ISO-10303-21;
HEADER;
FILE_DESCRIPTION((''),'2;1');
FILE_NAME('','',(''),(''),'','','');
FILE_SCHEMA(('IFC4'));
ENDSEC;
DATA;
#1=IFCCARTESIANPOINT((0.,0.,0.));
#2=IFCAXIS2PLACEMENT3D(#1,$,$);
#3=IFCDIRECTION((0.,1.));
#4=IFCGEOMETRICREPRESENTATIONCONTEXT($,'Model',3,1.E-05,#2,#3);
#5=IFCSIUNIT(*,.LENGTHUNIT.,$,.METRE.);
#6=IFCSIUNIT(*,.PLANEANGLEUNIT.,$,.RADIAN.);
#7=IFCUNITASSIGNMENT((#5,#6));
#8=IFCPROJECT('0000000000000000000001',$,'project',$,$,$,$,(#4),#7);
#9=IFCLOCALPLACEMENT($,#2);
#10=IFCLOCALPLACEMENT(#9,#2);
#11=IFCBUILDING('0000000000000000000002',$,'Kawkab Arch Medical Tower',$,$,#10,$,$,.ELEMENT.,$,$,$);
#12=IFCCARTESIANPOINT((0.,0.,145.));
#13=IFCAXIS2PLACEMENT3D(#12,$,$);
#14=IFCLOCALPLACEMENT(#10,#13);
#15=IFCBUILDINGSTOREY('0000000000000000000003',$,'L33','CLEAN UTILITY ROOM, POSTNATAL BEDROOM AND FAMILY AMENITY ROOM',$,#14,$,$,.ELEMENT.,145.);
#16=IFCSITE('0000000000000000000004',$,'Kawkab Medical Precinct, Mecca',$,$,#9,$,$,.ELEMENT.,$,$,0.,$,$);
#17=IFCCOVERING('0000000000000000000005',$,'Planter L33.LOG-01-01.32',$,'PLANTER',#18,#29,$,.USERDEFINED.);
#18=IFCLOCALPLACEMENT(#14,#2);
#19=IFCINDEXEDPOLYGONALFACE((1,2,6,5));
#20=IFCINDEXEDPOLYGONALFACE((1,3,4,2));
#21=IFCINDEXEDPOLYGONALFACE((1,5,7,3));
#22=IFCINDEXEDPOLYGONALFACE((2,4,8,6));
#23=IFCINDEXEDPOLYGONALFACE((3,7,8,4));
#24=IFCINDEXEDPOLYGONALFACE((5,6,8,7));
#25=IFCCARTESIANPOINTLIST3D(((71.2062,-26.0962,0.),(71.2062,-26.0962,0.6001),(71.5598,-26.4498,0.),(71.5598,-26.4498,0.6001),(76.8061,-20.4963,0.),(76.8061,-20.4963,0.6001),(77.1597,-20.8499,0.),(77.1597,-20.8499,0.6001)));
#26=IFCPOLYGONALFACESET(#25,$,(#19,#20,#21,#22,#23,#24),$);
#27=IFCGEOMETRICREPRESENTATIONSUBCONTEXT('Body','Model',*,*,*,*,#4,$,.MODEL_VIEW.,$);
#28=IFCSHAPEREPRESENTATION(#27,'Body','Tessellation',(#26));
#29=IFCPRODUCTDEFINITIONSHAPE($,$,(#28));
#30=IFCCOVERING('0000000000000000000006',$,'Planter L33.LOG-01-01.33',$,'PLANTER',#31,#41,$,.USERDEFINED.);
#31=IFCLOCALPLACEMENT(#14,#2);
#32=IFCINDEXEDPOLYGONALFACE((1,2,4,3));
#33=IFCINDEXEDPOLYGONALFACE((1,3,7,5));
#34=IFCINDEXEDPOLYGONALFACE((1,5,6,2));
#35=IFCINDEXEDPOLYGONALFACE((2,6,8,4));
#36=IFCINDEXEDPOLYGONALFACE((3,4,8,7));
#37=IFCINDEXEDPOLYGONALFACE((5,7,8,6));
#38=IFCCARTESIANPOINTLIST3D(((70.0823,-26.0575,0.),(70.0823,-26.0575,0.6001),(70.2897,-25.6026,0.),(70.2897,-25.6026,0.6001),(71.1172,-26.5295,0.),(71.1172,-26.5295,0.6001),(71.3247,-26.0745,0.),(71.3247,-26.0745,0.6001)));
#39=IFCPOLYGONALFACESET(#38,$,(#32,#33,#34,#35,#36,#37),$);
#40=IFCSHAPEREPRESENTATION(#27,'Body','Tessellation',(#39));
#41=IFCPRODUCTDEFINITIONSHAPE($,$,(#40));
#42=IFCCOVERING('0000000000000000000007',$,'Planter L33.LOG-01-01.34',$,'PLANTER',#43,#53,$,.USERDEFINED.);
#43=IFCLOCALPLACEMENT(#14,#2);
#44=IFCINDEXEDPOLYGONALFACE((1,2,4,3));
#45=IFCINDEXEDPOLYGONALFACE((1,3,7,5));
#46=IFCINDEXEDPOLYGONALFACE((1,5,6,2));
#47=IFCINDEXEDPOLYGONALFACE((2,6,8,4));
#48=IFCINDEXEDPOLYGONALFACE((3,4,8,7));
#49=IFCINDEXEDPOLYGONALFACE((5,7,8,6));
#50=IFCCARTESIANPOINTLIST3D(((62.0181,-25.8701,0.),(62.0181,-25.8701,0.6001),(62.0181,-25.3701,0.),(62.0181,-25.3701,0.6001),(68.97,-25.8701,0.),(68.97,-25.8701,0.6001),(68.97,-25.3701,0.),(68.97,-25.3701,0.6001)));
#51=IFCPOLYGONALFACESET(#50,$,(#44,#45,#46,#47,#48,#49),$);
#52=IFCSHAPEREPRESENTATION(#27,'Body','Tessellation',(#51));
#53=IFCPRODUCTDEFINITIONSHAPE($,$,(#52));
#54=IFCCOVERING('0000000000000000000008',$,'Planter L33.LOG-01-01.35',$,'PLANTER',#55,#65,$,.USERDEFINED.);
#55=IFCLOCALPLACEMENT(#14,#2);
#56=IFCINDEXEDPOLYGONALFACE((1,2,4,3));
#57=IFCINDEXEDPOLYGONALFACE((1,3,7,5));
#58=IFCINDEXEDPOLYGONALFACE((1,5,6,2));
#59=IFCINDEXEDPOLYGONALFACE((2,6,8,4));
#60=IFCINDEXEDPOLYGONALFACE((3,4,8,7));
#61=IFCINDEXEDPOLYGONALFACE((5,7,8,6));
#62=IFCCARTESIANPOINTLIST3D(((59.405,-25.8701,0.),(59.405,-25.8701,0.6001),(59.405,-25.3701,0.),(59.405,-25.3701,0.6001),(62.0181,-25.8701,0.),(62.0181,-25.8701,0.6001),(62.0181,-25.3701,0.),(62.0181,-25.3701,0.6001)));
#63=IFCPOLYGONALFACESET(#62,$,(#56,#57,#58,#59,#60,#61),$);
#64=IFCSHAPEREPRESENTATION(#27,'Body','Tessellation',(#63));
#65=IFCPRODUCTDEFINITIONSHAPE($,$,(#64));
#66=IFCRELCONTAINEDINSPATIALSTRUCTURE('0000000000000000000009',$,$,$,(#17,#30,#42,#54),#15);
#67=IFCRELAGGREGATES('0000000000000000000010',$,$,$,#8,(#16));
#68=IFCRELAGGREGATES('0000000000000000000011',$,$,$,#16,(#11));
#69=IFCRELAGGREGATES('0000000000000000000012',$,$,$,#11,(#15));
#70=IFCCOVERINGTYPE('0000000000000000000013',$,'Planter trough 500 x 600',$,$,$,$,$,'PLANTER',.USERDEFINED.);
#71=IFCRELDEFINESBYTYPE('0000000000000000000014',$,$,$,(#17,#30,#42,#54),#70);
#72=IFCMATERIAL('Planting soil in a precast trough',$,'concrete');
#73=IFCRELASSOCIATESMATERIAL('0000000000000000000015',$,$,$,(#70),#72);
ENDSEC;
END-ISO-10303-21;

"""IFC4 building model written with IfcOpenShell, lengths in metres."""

from ifc_helpers import new_model, si_unit, direction, frame, origin, origin_2d, place, context, subcontext, project, spatial, rectangle, extrude, material, material_profile, profile_set, type_object, element, save


model = new_model("IFC4")

# Units and contexts
model_context = context("Model", 3, precision=1e-05, world=origin(), true_north=direction((0.0, 1.0)))
body_context = subcontext(model_context, "Body", "Model", "MODEL_VIEW")
ifc_project = project(units=[si_unit("LENGTHUNIT", "METRE"), si_unit("PLANEANGLEUNIT", "RADIAN")], contexts=[model_context])

# Site, building, storey
site_placement = place(None, origin())
site = spatial("IfcSite", under=ifc_project, at=site_placement, Name="Kawkab Medical Precinct, Mecca", CompositionType="ELEMENT", RefElevation=0.0)
building_placement = place(site_placement, origin())
building = spatial("IfcBuilding", under=site, at=building_placement, Name="Kawkab Arch Medical Tower", CompositionType="ELEMENT")
storey_placement = place(building_placement, frame((0.0, 0.0, 145.0)))
storey = spatial("IfcBuildingStorey", under=building, at=storey_placement, Name="L33", Description="CLEAN UTILITY ROOM, POSTNATAL BEDROOM AND FAMILY AMENITY ROOM", CompositionType="ELEMENT", Elevation=145.0)

# Coverings
ifc_material_1 = material(Name="Planting soil in a precast trough", Category="concrete")
ifc_material_profile_1 = material_profile(ifc_material_1, rectangle(XDim=0.5, YDim=0.6001, at=origin_2d()), Name="Trough 500x600")
ifc_profile_set_1 = profile_set([ifc_material_profile_1], Name="Planting soil in a precast trough")
covering_type_1 = type_object("IfcCoveringType", Name="Planter trough 500 x 600", ElementType="PLANTER", PredefinedType="USERDEFINED", material=ifc_profile_set_1)
covering_1_placement = place(storey_placement, frame((76.9829, -20.6731, 0.3), z_axis=(-0.707107, -0.707107, 0.0), x_axis=(0.707107, -0.707107, 0.0)))
element("IfcCovering", 1, at=covering_1_placement, inside=storey, type_object=covering_type_1, Name="Planter L33.LOG-01-01.32", ObjectType="PLANTER", PredefinedType="USERDEFINED", context=body_context, shape_type="SweptSolid", body=[
    extrude(rectangle(XDim=0.5, YDim=0.6001, at=origin_2d()), origin(), (0.0, 0.0, 1.0), 7.9194),
])
covering_2_placement = place(storey_placement, frame((71.2209, -26.302, 0.3), z_axis=(-0.909866, 0.414902, 0.0), x_axis=(-0.414902, -0.909866, 0.0)))
element("IfcCovering", 2, at=covering_2_placement, inside=storey, type_object=covering_type_1, Name="Planter L33.LOG-01-01.33", ObjectType="PLANTER", PredefinedType="USERDEFINED", context=body_context, shape_type="SweptSolid", body=[
    extrude(rectangle(XDim=0.5, YDim=0.6001, at=origin_2d()), origin(), (0.0, 0.0, 1.0), 1.1375),
])
covering_3_placement = place(storey_placement, frame((68.97, -25.6201, 0.3), z_axis=(-1.0, 0.0, 0.0), x_axis=(0.0, -1.0, 0.0)))
element("IfcCovering", 3, at=covering_3_placement, inside=storey, type_object=covering_type_1, Name="Planter L33.LOG-01-01.34", ObjectType="PLANTER", PredefinedType="USERDEFINED", context=body_context, shape_type="SweptSolid", body=[
    extrude(rectangle(XDim=0.5, YDim=0.6001, at=origin_2d()), origin(), (0.0, 0.0, 1.0), 6.9519),
])
covering_4_placement = place(storey_placement, frame((62.0181, -25.6201, 0.3), z_axis=(-1.0, 0.0, 0.0), x_axis=(0.0, -1.0, 0.0)))
element("IfcCovering", 4, at=covering_4_placement, inside=storey, type_object=covering_type_1, Name="Planter L33.LOG-01-01.35", ObjectType="PLANTER", PredefinedType="USERDEFINED", context=body_context, shape_type="SweptSolid", body=[
    extrude(rectangle(XDim=0.5, YDim=0.6001, at=origin_2d()), origin(), (0.0, 0.0, 1.0), 2.613),
])

save(model, "model.ifc")
